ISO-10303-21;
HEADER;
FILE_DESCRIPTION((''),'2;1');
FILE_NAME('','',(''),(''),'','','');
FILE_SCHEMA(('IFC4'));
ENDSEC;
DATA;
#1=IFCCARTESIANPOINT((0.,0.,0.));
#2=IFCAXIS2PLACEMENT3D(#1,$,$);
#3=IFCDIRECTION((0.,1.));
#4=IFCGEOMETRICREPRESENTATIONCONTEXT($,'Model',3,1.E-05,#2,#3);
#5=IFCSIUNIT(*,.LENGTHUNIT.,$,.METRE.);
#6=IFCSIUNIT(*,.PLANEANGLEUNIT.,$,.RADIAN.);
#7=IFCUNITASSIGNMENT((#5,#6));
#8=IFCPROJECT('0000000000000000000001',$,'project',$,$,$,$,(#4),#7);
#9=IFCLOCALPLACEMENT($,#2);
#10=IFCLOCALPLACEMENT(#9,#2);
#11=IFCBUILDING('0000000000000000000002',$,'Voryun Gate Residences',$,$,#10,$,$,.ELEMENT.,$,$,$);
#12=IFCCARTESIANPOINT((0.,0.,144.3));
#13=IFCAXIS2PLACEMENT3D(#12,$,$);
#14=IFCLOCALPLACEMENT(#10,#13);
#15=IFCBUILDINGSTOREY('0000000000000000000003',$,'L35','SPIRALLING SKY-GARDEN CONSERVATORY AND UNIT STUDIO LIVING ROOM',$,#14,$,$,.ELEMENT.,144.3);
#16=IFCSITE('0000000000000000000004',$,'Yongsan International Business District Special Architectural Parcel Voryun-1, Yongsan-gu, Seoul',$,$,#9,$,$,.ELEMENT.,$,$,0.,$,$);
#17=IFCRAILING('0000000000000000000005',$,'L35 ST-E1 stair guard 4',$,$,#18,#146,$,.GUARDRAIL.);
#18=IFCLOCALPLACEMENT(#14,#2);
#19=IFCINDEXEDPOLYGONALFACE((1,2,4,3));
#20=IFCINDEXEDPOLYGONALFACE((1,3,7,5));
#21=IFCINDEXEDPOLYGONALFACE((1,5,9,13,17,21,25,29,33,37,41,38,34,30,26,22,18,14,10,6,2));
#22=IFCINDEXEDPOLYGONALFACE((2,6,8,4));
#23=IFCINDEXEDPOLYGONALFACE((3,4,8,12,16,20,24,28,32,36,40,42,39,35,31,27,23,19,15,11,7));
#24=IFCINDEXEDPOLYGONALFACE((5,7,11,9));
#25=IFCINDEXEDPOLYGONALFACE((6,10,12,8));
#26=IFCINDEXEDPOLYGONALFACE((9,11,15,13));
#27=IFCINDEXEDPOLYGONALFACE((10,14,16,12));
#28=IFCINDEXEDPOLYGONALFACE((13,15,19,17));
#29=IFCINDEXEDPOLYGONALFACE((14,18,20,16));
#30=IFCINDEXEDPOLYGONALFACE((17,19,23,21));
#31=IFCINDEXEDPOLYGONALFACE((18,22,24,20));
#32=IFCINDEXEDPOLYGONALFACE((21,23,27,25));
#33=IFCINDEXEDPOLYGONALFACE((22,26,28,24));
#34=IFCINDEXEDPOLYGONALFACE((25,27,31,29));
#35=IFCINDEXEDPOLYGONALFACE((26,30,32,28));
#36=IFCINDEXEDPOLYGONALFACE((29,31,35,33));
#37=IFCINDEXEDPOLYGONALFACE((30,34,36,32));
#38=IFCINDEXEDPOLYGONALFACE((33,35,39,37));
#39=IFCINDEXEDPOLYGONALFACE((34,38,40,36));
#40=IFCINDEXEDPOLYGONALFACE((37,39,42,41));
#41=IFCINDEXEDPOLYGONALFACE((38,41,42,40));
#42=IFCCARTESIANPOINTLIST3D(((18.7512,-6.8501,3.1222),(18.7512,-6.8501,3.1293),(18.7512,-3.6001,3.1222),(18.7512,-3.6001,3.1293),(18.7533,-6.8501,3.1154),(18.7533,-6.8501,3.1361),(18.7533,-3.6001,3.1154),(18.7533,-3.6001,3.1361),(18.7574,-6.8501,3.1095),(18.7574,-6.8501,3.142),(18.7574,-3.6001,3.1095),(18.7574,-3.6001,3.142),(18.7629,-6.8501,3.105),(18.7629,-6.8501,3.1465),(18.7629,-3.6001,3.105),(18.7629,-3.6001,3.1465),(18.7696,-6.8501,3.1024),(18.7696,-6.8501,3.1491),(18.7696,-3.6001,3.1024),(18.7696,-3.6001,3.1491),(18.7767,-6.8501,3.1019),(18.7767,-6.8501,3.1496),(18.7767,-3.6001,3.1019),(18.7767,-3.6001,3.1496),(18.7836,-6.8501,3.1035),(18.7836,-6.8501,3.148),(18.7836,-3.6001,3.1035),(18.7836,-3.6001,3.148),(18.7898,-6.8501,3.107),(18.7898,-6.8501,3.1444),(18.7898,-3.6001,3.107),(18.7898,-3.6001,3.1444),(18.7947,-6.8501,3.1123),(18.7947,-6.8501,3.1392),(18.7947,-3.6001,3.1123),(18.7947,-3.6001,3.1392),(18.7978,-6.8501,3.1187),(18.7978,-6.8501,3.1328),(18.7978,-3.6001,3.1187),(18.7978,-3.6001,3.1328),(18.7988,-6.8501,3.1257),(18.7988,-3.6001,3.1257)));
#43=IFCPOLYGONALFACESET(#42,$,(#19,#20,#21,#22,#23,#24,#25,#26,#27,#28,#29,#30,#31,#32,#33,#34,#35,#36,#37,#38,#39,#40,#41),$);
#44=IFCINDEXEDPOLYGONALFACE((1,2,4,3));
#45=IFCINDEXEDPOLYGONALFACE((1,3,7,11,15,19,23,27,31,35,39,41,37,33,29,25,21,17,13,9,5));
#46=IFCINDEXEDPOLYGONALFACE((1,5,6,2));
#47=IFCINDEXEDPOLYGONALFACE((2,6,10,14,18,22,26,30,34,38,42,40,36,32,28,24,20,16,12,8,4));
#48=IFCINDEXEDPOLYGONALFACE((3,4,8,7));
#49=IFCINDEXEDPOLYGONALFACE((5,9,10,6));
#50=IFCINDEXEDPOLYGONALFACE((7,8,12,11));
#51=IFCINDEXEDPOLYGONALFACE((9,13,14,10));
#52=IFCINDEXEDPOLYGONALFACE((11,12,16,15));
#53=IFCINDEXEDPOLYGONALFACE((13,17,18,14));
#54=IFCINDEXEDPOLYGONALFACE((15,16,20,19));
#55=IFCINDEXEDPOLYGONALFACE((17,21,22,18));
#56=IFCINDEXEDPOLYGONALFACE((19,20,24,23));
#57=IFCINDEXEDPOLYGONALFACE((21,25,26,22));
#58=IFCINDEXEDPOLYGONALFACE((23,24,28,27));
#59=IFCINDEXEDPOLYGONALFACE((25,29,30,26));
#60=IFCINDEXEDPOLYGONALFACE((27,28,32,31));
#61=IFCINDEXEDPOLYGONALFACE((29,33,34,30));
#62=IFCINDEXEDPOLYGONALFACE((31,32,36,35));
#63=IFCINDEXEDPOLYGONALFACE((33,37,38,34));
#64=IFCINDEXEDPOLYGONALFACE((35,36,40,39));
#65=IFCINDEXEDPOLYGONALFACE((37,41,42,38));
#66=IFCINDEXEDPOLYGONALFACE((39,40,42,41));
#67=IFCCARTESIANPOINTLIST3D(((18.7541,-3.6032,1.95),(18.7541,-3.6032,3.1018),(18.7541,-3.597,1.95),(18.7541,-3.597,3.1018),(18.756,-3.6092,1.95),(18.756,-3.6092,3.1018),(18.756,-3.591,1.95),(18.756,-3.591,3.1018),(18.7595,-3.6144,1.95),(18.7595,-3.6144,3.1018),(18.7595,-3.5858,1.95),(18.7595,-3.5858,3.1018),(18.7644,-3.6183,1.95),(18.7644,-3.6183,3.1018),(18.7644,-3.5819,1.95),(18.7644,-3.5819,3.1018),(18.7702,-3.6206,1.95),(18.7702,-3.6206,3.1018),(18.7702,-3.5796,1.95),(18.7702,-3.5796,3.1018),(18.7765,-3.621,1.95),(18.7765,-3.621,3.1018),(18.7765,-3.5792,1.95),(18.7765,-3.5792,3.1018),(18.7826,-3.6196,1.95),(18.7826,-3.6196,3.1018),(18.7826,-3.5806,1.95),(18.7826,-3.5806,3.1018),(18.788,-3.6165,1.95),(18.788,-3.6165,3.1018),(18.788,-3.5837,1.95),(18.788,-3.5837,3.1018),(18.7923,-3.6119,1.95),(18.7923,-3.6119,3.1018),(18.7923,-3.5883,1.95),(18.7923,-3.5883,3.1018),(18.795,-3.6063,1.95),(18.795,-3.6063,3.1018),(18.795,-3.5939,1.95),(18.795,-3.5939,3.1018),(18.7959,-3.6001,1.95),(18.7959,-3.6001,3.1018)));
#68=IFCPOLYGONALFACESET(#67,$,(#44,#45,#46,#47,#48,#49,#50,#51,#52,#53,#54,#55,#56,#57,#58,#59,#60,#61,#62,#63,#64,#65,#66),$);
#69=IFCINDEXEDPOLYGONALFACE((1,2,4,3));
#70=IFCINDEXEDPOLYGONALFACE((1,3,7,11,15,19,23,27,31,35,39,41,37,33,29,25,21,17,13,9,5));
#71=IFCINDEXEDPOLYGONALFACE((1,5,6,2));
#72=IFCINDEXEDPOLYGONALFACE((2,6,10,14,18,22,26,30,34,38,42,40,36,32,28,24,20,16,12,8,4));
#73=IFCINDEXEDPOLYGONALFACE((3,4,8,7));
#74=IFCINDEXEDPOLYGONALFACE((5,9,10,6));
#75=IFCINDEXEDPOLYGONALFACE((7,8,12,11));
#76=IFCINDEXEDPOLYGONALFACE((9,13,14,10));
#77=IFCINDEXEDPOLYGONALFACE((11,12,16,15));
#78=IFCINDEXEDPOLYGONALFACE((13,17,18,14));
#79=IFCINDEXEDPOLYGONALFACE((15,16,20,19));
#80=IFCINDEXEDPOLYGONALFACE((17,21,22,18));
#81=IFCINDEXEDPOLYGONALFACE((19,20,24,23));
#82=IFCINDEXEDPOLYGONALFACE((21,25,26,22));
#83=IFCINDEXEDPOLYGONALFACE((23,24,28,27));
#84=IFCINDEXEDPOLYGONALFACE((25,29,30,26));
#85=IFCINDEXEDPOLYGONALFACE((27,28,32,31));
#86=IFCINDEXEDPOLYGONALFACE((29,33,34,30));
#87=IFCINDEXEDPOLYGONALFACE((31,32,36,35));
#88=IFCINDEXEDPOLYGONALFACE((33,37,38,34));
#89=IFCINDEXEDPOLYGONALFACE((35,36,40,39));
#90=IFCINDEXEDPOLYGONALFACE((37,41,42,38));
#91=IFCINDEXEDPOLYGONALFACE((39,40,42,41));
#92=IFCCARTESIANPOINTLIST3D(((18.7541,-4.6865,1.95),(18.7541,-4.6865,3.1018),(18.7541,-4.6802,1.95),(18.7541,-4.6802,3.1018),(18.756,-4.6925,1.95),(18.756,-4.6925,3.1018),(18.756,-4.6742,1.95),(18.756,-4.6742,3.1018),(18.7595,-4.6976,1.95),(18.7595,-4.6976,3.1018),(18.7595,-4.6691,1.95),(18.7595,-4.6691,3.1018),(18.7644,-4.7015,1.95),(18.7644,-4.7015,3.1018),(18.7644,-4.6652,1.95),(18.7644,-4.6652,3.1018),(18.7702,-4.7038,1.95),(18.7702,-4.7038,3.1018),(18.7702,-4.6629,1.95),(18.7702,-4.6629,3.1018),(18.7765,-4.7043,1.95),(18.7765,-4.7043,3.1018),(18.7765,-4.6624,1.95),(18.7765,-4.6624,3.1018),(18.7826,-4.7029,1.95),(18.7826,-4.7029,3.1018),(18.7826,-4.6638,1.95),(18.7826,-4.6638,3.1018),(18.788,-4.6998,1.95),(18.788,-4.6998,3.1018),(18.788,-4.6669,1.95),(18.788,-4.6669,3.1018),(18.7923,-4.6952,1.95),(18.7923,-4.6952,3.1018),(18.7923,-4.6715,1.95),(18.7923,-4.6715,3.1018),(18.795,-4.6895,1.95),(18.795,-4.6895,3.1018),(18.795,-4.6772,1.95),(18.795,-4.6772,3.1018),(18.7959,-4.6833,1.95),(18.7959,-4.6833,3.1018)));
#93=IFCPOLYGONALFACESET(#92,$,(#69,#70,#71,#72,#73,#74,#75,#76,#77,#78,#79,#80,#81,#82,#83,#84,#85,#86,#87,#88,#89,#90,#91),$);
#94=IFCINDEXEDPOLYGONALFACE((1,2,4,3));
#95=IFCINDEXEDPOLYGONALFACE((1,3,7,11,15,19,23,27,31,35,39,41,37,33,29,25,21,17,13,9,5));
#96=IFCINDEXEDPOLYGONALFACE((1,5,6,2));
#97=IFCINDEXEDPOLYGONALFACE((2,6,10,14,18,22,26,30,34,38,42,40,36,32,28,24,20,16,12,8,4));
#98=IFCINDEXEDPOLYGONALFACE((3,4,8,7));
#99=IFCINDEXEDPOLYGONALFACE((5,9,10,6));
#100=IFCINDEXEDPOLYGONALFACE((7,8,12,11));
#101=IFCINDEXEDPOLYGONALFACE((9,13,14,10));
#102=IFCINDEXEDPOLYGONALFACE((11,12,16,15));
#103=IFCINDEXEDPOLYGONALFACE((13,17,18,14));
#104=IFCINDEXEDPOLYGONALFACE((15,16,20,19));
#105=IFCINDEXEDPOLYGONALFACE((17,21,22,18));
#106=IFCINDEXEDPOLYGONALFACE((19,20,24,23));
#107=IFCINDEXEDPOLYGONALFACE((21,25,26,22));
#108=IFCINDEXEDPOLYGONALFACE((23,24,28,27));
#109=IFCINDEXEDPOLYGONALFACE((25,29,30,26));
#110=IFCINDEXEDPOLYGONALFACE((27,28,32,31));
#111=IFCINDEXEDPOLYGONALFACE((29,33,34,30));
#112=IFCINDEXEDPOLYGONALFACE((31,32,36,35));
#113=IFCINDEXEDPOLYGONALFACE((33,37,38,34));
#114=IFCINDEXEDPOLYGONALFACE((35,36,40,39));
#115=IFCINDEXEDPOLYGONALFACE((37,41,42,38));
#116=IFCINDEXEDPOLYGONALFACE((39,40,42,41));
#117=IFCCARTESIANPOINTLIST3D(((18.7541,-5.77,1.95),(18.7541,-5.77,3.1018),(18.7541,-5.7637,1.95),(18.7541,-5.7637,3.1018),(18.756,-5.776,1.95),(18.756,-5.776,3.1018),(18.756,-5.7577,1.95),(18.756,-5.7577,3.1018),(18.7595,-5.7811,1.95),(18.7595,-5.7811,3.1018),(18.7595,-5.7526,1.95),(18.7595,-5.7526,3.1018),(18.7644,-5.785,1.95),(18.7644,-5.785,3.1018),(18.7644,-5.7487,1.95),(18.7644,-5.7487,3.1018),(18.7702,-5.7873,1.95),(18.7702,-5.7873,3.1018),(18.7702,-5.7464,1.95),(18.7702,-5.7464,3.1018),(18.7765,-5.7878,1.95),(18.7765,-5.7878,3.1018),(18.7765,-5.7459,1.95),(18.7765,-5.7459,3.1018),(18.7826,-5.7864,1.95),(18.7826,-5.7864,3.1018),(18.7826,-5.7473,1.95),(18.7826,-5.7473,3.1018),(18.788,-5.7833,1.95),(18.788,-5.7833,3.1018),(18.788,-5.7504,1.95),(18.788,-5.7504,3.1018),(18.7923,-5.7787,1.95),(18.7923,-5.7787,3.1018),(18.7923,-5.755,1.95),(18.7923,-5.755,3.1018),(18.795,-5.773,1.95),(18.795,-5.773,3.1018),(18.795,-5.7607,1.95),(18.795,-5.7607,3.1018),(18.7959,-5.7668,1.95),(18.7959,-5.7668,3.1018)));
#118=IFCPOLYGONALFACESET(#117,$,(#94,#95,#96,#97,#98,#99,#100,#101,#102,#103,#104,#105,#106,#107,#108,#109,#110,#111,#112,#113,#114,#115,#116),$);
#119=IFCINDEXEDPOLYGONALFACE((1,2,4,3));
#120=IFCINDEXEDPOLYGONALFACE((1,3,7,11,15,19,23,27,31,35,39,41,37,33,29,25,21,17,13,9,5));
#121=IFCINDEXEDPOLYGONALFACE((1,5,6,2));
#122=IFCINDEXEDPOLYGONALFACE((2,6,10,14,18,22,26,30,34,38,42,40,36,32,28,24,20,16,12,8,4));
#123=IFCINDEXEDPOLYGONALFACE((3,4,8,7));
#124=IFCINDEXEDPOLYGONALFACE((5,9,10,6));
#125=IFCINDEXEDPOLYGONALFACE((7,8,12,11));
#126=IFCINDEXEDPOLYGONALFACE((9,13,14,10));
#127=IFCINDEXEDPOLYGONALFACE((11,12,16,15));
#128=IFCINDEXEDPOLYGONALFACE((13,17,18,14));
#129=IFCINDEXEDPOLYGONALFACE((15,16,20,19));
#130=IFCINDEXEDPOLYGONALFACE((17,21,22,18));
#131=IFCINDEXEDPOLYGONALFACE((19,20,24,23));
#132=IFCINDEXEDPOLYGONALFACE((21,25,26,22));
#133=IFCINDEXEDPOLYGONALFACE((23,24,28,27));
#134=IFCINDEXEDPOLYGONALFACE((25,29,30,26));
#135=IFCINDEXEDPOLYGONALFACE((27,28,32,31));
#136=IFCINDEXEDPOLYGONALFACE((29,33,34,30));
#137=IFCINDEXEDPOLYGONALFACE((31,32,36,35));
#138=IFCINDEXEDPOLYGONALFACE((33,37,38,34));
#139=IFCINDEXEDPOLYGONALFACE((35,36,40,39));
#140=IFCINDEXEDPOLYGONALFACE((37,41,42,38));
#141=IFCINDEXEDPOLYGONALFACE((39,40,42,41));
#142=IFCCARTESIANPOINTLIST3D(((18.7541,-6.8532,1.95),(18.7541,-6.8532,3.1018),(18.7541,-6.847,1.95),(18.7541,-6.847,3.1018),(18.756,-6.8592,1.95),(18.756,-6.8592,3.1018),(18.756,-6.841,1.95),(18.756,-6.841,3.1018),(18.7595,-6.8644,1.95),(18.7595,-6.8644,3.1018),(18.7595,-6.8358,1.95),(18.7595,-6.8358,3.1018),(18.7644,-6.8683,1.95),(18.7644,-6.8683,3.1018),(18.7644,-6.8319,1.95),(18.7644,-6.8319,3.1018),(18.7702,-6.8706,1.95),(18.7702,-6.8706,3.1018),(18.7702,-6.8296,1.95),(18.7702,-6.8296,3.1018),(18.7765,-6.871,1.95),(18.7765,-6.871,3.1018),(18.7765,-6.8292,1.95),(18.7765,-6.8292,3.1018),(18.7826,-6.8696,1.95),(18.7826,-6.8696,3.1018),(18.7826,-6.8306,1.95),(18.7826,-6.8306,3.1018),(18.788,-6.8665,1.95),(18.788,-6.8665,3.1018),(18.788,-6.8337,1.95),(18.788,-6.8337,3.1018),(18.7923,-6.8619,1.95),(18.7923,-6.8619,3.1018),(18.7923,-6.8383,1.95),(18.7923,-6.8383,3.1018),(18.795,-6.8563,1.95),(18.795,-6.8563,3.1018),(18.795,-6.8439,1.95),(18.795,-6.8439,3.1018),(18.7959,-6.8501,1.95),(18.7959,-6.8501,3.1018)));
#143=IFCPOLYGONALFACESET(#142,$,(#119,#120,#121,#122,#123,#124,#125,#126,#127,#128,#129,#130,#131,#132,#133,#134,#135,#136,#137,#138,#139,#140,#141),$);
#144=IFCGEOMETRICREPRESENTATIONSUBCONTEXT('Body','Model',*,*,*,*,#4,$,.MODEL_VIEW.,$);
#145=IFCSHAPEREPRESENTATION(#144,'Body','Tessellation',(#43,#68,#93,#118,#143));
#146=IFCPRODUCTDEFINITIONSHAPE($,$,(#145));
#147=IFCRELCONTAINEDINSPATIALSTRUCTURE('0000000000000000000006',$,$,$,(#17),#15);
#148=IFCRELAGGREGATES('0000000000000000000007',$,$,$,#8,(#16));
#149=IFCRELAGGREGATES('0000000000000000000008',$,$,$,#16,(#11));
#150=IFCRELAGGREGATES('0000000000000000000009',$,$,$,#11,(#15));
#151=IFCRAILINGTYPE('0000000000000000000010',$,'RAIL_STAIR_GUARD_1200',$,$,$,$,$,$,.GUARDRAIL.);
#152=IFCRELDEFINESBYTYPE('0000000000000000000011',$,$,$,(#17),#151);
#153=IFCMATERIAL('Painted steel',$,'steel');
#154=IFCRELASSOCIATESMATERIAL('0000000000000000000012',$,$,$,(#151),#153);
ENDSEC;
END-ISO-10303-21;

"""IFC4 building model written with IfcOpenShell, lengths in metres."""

from ifc_helpers import new_model, si_unit, direction, frame, origin, origin_2d, place, context, subcontext, project, spatial, circle, extrude, material, type_object, element, save


model = new_model("IFC4")

# Units and contexts
model_context = context("Model", 3, precision=1e-05, world=origin(), true_north=direction((0.0, 1.0)))
body_context = subcontext(model_context, "Body", "Model", "MODEL_VIEW")
ifc_project = project(units=[si_unit("LENGTHUNIT", "METRE"), si_unit("PLANEANGLEUNIT", "RADIAN")], contexts=[model_context])

# Site, building, storey
site_placement = place(None, origin())
site = spatial("IfcSite", under=ifc_project, at=site_placement, Name="Yongsan International Business District Special Architectural Parcel Voryun-1, Yongsan-gu, Seoul", CompositionType="ELEMENT", RefElevation=0.0)
building_placement = place(site_placement, origin())
building = spatial("IfcBuilding", under=site, at=building_placement, Name="Voryun Gate Residences", CompositionType="ELEMENT")
storey_placement = place(building_placement, frame((0.0, 0.0, 144.3)))
storey = spatial("IfcBuildingStorey", under=building, at=storey_placement, Name="L35", Description="SPIRALLING SKY-GARDEN CONSERVATORY AND UNIT STUDIO LIVING ROOM", CompositionType="ELEMENT", Elevation=144.3)

# Railing
ifc_material_1 = material(Name="Painted steel", Category="steel")
railing_type_1 = type_object("IfcRailingType", Name="RAIL_STAIR_GUARD_1200", PredefinedType="GUARDRAIL", material=ifc_material_1)
for number, where, name in (
    (1, (18.7749, -3.6001, 1.95), "L35 ST-E1 stair guard 4"),
):
    element("IfcRailing", number, at=place(storey_placement, frame(where)), inside=storey, type_object=railing_type_1, Name=name, PredefinedType="GUARDRAIL", context=body_context, shape_type="SweptSolid", body=[
        extrude(circle(Radius=0.0239, at=origin_2d()), frame((0.0, 0.0, 1.1758), z_axis=(0.0, -1.0, 0.0), x_axis=(1.0, 0.0, 0.0)), (0.0, 0.0, 1.0), 3.25),
        extrude(circle(Radius=0.021, at=origin_2d()), origin(), (0.0, 0.0, 1.0), 1.1519),
        extrude(circle(Radius=0.021, at=origin_2d()), frame((0.0, -1.0833, 0.0)), (0.0, 0.0, 1.0), 1.1519),
        extrude(circle(Radius=0.021, at=origin_2d()), frame((0.0, -2.1667, 0.0)), (0.0, 0.0, 1.0), 1.1519),
        extrude(circle(Radius=0.021, at=origin_2d()), frame((0.0, -3.25, 0.0)), (0.0, 0.0, 1.0), 1.1519),
    ])

save(model, "model.ifc")
